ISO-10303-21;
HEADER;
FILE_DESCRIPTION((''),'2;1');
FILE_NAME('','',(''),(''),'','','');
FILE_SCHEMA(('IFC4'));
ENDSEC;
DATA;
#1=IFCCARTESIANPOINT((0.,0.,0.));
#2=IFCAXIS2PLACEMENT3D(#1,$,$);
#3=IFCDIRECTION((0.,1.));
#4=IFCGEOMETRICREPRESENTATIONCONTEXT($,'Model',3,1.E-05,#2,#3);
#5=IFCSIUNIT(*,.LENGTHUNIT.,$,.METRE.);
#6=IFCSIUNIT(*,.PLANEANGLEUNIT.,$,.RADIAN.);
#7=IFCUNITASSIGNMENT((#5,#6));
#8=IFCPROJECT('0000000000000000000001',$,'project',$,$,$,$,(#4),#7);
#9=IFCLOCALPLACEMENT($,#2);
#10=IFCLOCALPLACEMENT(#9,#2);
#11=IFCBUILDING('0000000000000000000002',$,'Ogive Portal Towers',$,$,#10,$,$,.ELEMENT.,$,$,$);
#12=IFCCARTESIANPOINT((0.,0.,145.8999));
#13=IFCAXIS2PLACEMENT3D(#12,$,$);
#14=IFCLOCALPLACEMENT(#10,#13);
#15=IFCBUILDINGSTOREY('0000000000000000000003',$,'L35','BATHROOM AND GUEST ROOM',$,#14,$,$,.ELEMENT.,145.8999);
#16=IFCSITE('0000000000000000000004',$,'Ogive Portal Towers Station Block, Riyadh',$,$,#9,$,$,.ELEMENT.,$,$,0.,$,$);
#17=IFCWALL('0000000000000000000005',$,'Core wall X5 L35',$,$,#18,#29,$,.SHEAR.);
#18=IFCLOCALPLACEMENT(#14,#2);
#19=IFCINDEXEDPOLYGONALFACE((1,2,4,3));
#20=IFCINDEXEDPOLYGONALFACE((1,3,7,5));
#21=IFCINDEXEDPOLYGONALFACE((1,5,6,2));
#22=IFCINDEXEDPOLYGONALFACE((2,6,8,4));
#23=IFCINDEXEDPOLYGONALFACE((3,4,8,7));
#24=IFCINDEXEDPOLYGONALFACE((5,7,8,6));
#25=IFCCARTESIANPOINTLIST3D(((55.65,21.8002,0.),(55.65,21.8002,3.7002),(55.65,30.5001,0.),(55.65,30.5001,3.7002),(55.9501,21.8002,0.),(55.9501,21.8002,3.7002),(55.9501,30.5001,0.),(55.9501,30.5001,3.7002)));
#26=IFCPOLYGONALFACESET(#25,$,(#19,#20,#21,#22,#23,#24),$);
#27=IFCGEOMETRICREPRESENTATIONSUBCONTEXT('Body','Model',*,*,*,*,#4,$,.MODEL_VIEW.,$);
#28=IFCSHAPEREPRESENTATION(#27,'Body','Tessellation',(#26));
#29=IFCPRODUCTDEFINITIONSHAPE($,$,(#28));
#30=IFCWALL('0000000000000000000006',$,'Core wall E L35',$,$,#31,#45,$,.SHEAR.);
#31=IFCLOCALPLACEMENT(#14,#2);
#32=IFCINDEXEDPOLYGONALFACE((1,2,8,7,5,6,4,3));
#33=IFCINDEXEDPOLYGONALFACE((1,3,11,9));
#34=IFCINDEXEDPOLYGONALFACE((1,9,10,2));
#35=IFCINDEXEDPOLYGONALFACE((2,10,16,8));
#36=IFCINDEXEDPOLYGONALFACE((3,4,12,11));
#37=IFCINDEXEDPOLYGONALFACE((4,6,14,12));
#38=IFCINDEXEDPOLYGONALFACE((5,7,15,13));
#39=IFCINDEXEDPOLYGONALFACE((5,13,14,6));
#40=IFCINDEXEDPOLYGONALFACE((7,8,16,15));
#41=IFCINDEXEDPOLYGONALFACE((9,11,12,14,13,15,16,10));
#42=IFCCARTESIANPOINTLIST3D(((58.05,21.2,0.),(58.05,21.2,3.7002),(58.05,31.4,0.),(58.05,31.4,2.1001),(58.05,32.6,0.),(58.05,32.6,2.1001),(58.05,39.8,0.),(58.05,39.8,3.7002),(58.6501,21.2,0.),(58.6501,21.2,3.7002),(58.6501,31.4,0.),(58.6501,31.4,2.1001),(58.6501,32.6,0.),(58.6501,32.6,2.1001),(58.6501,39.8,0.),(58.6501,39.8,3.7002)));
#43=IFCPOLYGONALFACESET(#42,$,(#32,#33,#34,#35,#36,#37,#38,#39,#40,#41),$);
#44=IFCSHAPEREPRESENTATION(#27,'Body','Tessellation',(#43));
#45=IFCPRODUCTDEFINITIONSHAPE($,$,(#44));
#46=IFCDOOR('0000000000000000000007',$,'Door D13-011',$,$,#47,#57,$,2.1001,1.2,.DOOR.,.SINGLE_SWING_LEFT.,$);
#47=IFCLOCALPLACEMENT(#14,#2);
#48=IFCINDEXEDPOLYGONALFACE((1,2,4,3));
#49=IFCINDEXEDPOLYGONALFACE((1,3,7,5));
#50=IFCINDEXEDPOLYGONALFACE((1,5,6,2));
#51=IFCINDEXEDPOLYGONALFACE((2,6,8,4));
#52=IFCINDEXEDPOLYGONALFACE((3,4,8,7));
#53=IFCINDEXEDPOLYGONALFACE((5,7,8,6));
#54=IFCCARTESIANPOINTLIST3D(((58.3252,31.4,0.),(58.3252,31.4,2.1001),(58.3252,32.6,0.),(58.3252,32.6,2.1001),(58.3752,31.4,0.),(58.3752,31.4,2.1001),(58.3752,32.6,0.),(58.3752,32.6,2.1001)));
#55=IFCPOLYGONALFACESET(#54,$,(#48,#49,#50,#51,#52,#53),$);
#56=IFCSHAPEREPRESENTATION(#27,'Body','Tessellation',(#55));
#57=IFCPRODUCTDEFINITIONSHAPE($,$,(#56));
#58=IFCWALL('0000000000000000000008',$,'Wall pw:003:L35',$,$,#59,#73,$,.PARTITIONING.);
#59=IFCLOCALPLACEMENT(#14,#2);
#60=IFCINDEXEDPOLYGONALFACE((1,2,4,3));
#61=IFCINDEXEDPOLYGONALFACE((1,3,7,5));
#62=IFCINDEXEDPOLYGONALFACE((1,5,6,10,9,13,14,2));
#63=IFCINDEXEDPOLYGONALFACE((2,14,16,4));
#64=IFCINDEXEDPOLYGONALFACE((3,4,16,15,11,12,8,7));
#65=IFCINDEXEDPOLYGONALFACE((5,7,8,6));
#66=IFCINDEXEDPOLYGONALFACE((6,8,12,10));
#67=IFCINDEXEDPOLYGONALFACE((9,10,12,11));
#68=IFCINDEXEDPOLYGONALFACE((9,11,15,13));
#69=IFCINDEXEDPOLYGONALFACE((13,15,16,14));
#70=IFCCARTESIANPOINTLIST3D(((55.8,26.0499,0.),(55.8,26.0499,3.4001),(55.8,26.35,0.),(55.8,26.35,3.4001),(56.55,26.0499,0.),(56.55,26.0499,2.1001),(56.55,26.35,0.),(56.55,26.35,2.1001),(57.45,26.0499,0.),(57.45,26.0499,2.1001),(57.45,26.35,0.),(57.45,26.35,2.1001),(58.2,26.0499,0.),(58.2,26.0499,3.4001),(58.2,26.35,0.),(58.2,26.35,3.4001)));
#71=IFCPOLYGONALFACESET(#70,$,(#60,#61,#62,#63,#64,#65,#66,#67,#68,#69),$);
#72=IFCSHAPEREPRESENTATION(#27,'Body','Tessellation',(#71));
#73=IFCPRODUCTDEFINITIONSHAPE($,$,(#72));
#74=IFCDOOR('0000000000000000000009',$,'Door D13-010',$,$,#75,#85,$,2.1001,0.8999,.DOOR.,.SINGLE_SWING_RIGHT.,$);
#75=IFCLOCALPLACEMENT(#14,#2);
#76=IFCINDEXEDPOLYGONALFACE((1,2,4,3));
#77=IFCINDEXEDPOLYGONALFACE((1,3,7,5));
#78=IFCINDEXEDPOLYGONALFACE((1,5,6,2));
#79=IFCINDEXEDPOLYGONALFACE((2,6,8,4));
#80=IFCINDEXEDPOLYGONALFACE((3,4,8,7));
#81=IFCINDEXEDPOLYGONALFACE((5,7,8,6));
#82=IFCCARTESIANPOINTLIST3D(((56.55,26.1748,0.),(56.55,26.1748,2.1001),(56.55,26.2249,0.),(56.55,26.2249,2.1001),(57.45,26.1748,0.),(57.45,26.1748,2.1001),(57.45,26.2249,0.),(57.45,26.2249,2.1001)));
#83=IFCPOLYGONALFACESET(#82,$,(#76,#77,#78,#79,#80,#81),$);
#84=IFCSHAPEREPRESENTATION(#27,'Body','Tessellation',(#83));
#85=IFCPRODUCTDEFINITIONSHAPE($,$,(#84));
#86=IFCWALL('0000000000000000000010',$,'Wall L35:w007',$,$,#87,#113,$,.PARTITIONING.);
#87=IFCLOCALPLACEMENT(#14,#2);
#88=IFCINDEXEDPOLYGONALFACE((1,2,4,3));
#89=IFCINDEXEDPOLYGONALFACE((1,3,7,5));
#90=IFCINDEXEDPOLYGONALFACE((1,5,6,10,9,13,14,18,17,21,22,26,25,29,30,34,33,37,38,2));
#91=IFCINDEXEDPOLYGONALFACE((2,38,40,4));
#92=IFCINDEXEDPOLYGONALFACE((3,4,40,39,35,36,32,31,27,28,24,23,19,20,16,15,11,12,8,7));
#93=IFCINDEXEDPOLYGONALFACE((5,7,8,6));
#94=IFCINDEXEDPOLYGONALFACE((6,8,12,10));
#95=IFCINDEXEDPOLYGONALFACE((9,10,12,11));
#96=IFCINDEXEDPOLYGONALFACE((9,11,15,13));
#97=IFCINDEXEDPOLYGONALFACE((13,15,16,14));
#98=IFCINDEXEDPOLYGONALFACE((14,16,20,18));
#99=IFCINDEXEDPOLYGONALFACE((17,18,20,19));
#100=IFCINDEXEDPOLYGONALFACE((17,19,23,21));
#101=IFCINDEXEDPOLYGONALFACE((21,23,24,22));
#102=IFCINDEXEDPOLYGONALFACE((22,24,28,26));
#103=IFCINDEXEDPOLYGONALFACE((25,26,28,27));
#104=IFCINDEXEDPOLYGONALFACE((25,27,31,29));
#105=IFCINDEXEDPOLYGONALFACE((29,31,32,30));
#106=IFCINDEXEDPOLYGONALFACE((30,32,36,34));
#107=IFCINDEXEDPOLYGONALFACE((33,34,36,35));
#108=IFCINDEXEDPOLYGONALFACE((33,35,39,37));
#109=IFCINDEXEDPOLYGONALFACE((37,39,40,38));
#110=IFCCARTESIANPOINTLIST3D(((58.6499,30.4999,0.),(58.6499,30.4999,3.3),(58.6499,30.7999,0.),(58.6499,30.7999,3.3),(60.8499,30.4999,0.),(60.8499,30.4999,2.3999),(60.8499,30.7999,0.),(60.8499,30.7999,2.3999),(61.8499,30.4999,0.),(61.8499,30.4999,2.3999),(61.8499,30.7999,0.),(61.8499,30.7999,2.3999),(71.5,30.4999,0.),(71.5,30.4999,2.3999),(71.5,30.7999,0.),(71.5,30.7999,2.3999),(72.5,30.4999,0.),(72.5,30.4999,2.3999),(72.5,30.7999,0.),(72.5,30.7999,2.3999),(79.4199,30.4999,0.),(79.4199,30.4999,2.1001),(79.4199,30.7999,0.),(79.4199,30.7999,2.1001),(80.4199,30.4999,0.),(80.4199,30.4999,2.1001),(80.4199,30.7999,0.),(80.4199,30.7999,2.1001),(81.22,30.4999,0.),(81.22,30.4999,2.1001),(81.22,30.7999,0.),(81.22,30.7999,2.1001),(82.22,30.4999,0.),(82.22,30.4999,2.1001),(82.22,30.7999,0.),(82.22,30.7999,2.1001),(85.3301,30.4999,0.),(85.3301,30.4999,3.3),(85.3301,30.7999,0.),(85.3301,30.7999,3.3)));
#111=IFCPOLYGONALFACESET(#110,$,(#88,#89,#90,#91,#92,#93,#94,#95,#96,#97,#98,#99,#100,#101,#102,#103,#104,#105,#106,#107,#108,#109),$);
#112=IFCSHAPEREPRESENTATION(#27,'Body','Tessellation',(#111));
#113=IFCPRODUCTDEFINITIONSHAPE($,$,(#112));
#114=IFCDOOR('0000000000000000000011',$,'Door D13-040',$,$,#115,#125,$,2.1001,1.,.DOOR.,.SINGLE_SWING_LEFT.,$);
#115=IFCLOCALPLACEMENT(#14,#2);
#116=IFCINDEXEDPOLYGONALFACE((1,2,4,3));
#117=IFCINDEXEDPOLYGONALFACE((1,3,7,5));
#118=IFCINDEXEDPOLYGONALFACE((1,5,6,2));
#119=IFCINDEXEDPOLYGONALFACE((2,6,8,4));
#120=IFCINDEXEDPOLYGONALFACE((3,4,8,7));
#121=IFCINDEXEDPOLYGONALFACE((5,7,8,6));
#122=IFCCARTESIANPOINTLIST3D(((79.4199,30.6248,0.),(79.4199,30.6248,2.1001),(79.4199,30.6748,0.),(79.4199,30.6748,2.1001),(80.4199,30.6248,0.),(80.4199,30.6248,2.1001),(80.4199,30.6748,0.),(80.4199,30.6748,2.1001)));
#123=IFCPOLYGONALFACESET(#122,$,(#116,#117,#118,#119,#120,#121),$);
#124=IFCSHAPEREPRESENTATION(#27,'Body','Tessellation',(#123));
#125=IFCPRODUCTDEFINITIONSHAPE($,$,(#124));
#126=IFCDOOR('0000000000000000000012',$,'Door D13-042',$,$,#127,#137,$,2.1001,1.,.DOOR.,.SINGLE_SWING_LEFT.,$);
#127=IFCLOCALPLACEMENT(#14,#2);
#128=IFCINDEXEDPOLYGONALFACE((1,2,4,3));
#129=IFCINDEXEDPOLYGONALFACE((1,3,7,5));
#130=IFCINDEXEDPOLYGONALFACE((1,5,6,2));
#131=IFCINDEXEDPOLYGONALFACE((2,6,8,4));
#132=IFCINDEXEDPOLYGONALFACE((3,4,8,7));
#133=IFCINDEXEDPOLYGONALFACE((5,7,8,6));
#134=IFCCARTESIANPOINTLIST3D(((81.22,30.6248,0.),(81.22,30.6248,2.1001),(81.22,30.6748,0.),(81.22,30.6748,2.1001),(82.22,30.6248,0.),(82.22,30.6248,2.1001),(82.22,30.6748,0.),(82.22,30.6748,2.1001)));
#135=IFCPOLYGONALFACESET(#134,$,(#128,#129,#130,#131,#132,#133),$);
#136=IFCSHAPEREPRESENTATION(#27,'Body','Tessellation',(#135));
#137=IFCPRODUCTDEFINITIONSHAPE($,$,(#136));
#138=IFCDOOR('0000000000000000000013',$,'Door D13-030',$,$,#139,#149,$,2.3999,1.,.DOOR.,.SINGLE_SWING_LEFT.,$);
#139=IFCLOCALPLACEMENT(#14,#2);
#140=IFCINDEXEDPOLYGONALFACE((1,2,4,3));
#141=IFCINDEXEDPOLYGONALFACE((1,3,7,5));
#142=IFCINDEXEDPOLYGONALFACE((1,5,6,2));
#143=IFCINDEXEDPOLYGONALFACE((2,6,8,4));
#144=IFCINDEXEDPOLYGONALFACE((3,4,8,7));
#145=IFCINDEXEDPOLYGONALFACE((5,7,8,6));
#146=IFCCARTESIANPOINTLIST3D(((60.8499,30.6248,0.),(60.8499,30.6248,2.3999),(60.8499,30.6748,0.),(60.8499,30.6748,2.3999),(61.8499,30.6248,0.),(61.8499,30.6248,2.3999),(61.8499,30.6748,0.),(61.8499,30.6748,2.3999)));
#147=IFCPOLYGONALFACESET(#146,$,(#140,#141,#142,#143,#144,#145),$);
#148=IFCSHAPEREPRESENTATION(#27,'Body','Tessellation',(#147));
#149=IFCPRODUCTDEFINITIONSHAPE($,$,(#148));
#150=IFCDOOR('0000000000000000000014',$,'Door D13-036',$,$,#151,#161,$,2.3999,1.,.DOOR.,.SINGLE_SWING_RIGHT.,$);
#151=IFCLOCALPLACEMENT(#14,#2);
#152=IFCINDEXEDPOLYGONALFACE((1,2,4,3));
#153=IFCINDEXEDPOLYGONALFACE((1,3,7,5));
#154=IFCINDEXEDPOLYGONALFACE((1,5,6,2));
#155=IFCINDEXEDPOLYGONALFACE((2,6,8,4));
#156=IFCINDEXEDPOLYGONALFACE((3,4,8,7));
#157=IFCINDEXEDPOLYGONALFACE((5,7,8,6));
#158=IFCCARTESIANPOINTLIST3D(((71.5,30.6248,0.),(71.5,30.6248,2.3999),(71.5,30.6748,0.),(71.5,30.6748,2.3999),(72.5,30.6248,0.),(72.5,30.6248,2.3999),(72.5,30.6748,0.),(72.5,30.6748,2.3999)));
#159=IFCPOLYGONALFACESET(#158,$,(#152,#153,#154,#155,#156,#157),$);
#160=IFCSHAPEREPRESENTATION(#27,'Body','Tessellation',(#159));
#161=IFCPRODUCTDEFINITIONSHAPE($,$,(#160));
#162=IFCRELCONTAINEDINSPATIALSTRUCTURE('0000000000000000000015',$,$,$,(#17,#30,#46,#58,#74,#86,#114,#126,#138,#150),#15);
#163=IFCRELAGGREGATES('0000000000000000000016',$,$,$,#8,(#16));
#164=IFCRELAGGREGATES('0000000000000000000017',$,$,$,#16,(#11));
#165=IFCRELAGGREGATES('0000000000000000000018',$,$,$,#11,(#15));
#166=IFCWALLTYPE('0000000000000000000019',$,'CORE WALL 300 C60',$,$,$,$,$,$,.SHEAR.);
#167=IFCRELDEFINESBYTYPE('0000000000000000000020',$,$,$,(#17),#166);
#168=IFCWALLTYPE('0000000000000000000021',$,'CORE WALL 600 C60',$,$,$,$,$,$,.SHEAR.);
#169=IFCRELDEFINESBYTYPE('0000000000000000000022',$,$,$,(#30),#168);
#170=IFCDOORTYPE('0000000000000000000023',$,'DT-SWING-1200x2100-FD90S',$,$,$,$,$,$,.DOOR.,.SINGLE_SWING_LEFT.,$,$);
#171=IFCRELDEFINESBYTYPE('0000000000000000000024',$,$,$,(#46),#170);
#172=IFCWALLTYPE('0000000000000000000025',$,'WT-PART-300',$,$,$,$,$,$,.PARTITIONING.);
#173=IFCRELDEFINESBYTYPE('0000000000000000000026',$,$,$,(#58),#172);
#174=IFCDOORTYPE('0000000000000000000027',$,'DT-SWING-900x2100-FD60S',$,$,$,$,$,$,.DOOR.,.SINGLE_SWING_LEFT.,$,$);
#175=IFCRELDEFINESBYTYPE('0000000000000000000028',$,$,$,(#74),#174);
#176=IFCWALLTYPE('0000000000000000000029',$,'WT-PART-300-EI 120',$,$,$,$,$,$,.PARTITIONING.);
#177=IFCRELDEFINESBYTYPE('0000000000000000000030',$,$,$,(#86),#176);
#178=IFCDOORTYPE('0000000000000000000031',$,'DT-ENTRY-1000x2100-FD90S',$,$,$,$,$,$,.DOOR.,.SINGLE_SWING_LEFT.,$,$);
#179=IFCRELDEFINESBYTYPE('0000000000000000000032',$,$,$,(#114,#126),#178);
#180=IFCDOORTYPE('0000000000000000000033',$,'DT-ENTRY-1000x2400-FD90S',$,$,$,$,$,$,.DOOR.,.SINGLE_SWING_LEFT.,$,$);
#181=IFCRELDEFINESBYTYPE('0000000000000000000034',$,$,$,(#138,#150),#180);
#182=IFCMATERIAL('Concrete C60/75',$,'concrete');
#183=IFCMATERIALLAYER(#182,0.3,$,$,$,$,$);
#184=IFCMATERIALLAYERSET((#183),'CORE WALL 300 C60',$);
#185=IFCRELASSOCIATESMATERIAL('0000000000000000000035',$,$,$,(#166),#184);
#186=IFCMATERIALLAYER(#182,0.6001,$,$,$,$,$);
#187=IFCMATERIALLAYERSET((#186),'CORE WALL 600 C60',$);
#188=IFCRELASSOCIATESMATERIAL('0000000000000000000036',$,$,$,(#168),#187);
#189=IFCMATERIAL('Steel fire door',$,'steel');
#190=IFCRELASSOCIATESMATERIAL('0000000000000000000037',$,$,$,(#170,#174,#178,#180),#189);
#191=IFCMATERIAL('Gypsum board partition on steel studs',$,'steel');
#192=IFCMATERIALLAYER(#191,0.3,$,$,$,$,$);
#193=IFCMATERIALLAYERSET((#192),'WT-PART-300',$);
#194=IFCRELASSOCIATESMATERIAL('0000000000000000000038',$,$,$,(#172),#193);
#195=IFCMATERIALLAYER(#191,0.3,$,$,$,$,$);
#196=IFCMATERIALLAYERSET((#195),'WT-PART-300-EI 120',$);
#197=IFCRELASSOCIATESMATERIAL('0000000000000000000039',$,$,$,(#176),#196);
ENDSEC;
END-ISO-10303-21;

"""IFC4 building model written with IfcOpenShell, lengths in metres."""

from ifc_helpers import new_model, si_unit, direction, frame, frame_2d, origin, place, context, subcontext, project, spatial, rectangle, extrude, material, layer, layer_set, type_object, element, fill, save


model = new_model("IFC4")

# Units and contexts
model_context = context("Model", 3, precision=1e-05, world=origin(), true_north=direction((0.0, 1.0)))
body_context = subcontext(model_context, "Body", "Model", "MODEL_VIEW")
ifc_project = project(units=[si_unit("LENGTHUNIT", "METRE"), si_unit("PLANEANGLEUNIT", "RADIAN")], contexts=[model_context])

# Site, building, storey
site_placement = place(None, origin())
site = spatial("IfcSite", under=ifc_project, at=site_placement, Name="Ogive Portal Towers Station Block, Riyadh", CompositionType="ELEMENT", RefElevation=0.0)
building_placement = place(site_placement, origin())
building = spatial("IfcBuilding", under=site, at=building_placement, Name="Ogive Portal Towers", CompositionType="ELEMENT")
storey_placement = place(building_placement, frame((0.0, 0.0, 145.8999)))
storey = spatial("IfcBuildingStorey", under=building, at=storey_placement, Name="L35", Description="BATHROOM AND GUEST ROOM", CompositionType="ELEMENT", Elevation=145.8999)

# Wall
ifc_material_1 = material(Name="Concrete C60/75", Category="concrete")
ifc_layer_1 = layer(ifc_material_1, 0.3)
ifc_layer_set_1 = layer_set([ifc_layer_1], Name="CORE WALL 300 C60")
wall_type_1 = type_object("IfcWallType", Name="CORE WALL 300 C60", PredefinedType="SHEAR", material=ifc_layer_set_1)
wall_1_placement = place(storey_placement, frame((55.8, 21.8, 0.0), z_axis=(0.0, 0.0, 1.0), x_axis=(0.0, 1.0, 0.0)))
element("IfcWall", 1, at=wall_1_placement, inside=storey, type_object=wall_type_1, Name="Core wall X5 L35", PredefinedType="SHEAR", context=body_context, shape_type="SweptSolid", body=[
    extrude(rectangle(XDim=8.7, YDim=0.3, at=frame_2d((4.3501, 0.0))), origin(), (0.0, 0.0, 1.0), 3.7002),
])

# Walls, openings, doors
ifc_layer_2 = layer(ifc_material_1, 0.6001)
ifc_layer_set_2 = layer_set([ifc_layer_2], Name="CORE WALL 600 C60")
wall_type_2 = type_object("IfcWallType", Name="CORE WALL 600 C60", PredefinedType="SHEAR", material=ifc_layer_set_2)
wall_2_placement = place(storey_placement, frame((58.3501, 21.2, 0.0), z_axis=(0.0, 0.0, 1.0), x_axis=(0.0, 1.0, 0.0)))
wall_2 = element("IfcWall", 2, at=wall_2_placement, inside=storey, type_object=wall_type_2, Name="Core wall E L35", PredefinedType="SHEAR", context=body_context, shape_type="SweptSolid", body=[
    extrude(rectangle(XDim=18.6001, YDim=0.6001, at=frame_2d((9.3, 0.0))), origin(), (0.0, 0.0, 1.0), 3.7002),
])
opening_1_placement = place(wall_2_placement, frame((10.2, 0.0, 0.0)))
opening_1 = element("IfcOpeningElement", 3, at=opening_1_placement, cuts=wall_2, PredefinedType="OPENING", context=body_context, shape_type="SweptSolid", body=[
    extrude(rectangle(XDim=1.2, YDim=2.1001, at=frame_2d((0.6001, 1.05))), frame((0.0, 0.3101, 0.0), z_axis=(0.0, -1.0, 0.0), x_axis=(1.0, 0.0, 0.0)), (0.0, 0.0, 1.0), 0.6201),
])
ifc_material_2 = material(Name="Steel fire door", Category="steel")
door_type_1 = type_object("IfcDoorType", Name="DT-SWING-1200x2100-FD90S", OperationType="SINGLE_SWING_LEFT", PredefinedType="DOOR", material=ifc_material_2)
door_1_placement = place(opening_1_placement, origin())
door_1 = element("IfcDoor", 4, at=door_1_placement, inside=storey, type_object=door_type_1, Name="Door D13-011", OperationType="SINGLE_SWING_LEFT", OverallHeight=2.1001, OverallWidth=1.2, PredefinedType="DOOR", context=body_context, shape_type="SweptSolid", body=[
    extrude(rectangle(XDim=1.2, YDim=2.1001, at=frame_2d((0.6001, 1.05))), frame((0.0, 0.0249, 0.0), z_axis=(0.0, -1.0, 0.0), x_axis=(1.0, 0.0, 0.0)), (0.0, 0.0, 1.0), 0.05),
])
fill(opening_1, door_1)
ifc_material_3 = material(Name="Gypsum board partition on steel studs", Category="steel")
ifc_layer_3 = layer(ifc_material_3, 0.3)
ifc_layer_set_3 = layer_set([ifc_layer_3], Name="WT-PART-300")
wall_type_3 = type_object("IfcWallType", Name="WT-PART-300", PredefinedType="PARTITIONING", material=ifc_layer_set_3)
wall_3_placement = place(storey_placement, frame((55.8, 26.2, 0.0), z_axis=(0.0, 0.0, 1.0), x_axis=(1.0, 0.0, 0.0)))
wall_3 = element("IfcWall", 5, at=wall_3_placement, inside=storey, type_object=wall_type_3, Name="Wall pw:003:L35", PredefinedType="PARTITIONING", context=body_context, shape_type="SweptSolid", body=[
    extrude(rectangle(XDim=2.3999, YDim=0.3, at=frame_2d((1.2, 0.0))), origin(), (0.0, 0.0, 1.0), 3.4001),
])
opening_2_placement = place(wall_3_placement, frame((0.75, 0.0, 0.0)))
opening_2 = element("IfcOpeningElement", 6, at=opening_2_placement, cuts=wall_3, PredefinedType="OPENING", context=body_context, shape_type="SweptSolid", body=[
    extrude(rectangle(XDim=0.8999, YDim=2.1001, at=frame_2d((0.45, 1.05))), frame((0.0, 0.1602, 0.0), z_axis=(0.0, -1.0, 0.0), x_axis=(1.0, 0.0, 0.0)), (0.0, 0.0, 1.0), 0.3201),
])
door_type_2 = type_object("IfcDoorType", Name="DT-SWING-900x2100-FD60S", OperationType="SINGLE_SWING_LEFT", PredefinedType="DOOR", material=ifc_material_2)
door_2_placement = place(opening_2_placement, origin())
door_2 = element("IfcDoor", 7, at=door_2_placement, inside=storey, type_object=door_type_2, Name="Door D13-010", OperationType="SINGLE_SWING_RIGHT", OverallHeight=2.1001, OverallWidth=0.8999, PredefinedType="DOOR", context=body_context, shape_type="SweptSolid", body=[
    extrude(rectangle(XDim=0.8999, YDim=2.1001, at=frame_2d((0.45, 1.05))), frame((0.0, 0.0249, 0.0), z_axis=(0.0, -1.0, 0.0), x_axis=(1.0, 0.0, 0.0)), (0.0, 0.0, 1.0), 0.05),
])
fill(opening_2, door_2)

# Wall, openings, doors
ifc_layer_4 = layer(ifc_material_3, 0.3)
ifc_layer_set_4 = layer_set([ifc_layer_4], Name="WT-PART-300-EI 120")
wall_type_4 = type_object("IfcWallType", Name="WT-PART-300-EI 120", PredefinedType="PARTITIONING", material=ifc_layer_set_4)
wall_4_placement = place(storey_placement, frame((58.6499, 30.6499, 0.0), z_axis=(0.0, 0.0, 1.0), x_axis=(1.0, 0.0, 0.0)))
wall_4 = element("IfcWall", 8, at=wall_4_placement, inside=storey, type_object=wall_type_4, Name="Wall L35:w007", PredefinedType="PARTITIONING", context=body_context, shape_type="SweptSolid", body=[
    extrude(rectangle(XDim=26.6802, YDim=0.3, at=frame_2d((13.3401, 0.0))), origin(), (0.0, 0.0, 1.0), 3.3),
])
opening_3_placement = place(wall_4_placement, frame((2.2, 0.0, 0.0)))
opening_3 = element("IfcOpeningElement", 9, at=opening_3_placement, cuts=wall_4, PredefinedType="OPENING", context=body_context, shape_type="SweptSolid", body=[
    extrude(rectangle(XDim=1.0, YDim=2.3999, at=frame_2d((0.5, 1.2))), frame((0.0, 0.1602, 0.0), z_axis=(0.0, -1.0, 0.0), x_axis=(1.0, 0.0, 0.0)), (0.0, 0.0, 1.0), 0.3201),
])
opening_4_placement = place(wall_4_placement, frame((12.8501, 0.0, 0.0)))
opening_4 = element("IfcOpeningElement", 10, at=opening_4_placement, cuts=wall_4, PredefinedType="OPENING", context=body_context, shape_type="SweptSolid", body=[
    extrude(rectangle(XDim=1.0, YDim=2.3999, at=frame_2d((0.5, 1.2))), frame((0.0, 0.1602, 0.0), z_axis=(0.0, -1.0, 0.0), x_axis=(1.0, 0.0, 0.0)), (0.0, 0.0, 1.0), 0.3201),
])
opening_5_placement = place(wall_4_placement, frame((20.77, 0.0, 0.0)))
opening_5 = element("IfcOpeningElement", 11, at=opening_5_placement, cuts=wall_4, PredefinedType="OPENING", context=body_context, shape_type="SweptSolid", body=[
    extrude(rectangle(XDim=1.0, YDim=2.1001, at=frame_2d((0.5, 1.05))), frame((0.0, 0.1602, 0.0), z_axis=(0.0, -1.0, 0.0), x_axis=(1.0, 0.0, 0.0)), (0.0, 0.0, 1.0), 0.3201),
])
opening_6_placement = place(wall_4_placement, frame((22.5701, 0.0, 0.0)))
opening_6 = element("IfcOpeningElement", 12, at=opening_6_placement, cuts=wall_4, PredefinedType="OPENING", context=body_context, shape_type="SweptSolid", body=[
    extrude(rectangle(XDim=1.0, YDim=2.1001, at=frame_2d((0.5, 1.05))), frame((0.0, 0.1602, 0.0), z_axis=(0.0, -1.0, 0.0), x_axis=(1.0, 0.0, 0.0)), (0.0, 0.0, 1.0), 0.3201),
])
door_type_3 = type_object("IfcDoorType", Name="DT-ENTRY-1000x2100-FD90S", OperationType="SINGLE_SWING_LEFT", PredefinedType="DOOR", material=ifc_material_2)
door_3_placement = place(opening_5_placement, origin())
door_3 = element("IfcDoor", 13, at=door_3_placement, inside=storey, type_object=door_type_3, Name="Door D13-040", OperationType="SINGLE_SWING_LEFT", OverallHeight=2.1001, OverallWidth=1.0, PredefinedType="DOOR", context=body_context, shape_type="SweptSolid", body=[
    extrude(rectangle(XDim=1.0, YDim=2.1001, at=frame_2d((0.5, 1.05))), frame((0.0, 0.0249, 0.0), z_axis=(0.0, -1.0, 0.0), x_axis=(1.0, 0.0, 0.0)), (0.0, 0.0, 1.0), 0.05),
])
fill(opening_5, door_3)
door_4_placement = place(opening_6_placement, origin())
door_4 = element("IfcDoor", 14, at=door_4_placement, inside=storey, type_object=door_type_3, Name="Door D13-042", OperationType="SINGLE_SWING_LEFT", OverallHeight=2.1001, OverallWidth=1.0, PredefinedType="DOOR", context=body_context, shape_type="SweptSolid", body=[
    extrude(rectangle(XDim=1.0, YDim=2.1001, at=frame_2d((0.5, 1.05))), frame((0.0, 0.0249, 0.0), z_axis=(0.0, -1.0, 0.0), x_axis=(1.0, 0.0, 0.0)), (0.0, 0.0, 1.0), 0.05),
])
fill(opening_6, door_4)
door_type_4 = type_object("IfcDoorType", Name="DT-ENTRY-1000x2400-FD90S", OperationType="SINGLE_SWING_LEFT", PredefinedType="DOOR", material=ifc_material_2)
door_5_placement = place(opening_3_placement, origin())
door_5 = element("IfcDoor", 15, at=door_5_placement, inside=storey, type_object=door_type_4, Name="Door D13-030", OperationType="SINGLE_SWING_LEFT", OverallHeight=2.3999, OverallWidth=1.0, PredefinedType="DOOR", context=body_context, shape_type="SweptSolid", body=[
    extrude(rectangle(XDim=1.0, YDim=2.3999, at=frame_2d((0.5, 1.2))), frame((0.0, 0.0249, 0.0), z_axis=(0.0, -1.0, 0.0), x_axis=(1.0, 0.0, 0.0)), (0.0, 0.0, 1.0), 0.05),
])
fill(opening_3, door_5)
door_6_placement = place(opening_4_placement, origin())
door_6 = element("IfcDoor", 16, at=door_6_placement, inside=storey, type_object=door_type_4, Name="Door D13-036", OperationType="SINGLE_SWING_RIGHT", OverallHeight=2.3999, OverallWidth=1.0, PredefinedType="DOOR", context=body_context, shape_type="SweptSolid", body=[
    extrude(rectangle(XDim=1.0, YDim=2.3999, at=frame_2d((0.5, 1.2))), frame((0.0, 0.0249, 0.0), z_axis=(0.0, -1.0, 0.0), x_axis=(1.0, 0.0, 0.0)), (0.0, 0.0, 1.0), 0.05),
])
fill(opening_4, door_6)

save(model, "model.ifc")
